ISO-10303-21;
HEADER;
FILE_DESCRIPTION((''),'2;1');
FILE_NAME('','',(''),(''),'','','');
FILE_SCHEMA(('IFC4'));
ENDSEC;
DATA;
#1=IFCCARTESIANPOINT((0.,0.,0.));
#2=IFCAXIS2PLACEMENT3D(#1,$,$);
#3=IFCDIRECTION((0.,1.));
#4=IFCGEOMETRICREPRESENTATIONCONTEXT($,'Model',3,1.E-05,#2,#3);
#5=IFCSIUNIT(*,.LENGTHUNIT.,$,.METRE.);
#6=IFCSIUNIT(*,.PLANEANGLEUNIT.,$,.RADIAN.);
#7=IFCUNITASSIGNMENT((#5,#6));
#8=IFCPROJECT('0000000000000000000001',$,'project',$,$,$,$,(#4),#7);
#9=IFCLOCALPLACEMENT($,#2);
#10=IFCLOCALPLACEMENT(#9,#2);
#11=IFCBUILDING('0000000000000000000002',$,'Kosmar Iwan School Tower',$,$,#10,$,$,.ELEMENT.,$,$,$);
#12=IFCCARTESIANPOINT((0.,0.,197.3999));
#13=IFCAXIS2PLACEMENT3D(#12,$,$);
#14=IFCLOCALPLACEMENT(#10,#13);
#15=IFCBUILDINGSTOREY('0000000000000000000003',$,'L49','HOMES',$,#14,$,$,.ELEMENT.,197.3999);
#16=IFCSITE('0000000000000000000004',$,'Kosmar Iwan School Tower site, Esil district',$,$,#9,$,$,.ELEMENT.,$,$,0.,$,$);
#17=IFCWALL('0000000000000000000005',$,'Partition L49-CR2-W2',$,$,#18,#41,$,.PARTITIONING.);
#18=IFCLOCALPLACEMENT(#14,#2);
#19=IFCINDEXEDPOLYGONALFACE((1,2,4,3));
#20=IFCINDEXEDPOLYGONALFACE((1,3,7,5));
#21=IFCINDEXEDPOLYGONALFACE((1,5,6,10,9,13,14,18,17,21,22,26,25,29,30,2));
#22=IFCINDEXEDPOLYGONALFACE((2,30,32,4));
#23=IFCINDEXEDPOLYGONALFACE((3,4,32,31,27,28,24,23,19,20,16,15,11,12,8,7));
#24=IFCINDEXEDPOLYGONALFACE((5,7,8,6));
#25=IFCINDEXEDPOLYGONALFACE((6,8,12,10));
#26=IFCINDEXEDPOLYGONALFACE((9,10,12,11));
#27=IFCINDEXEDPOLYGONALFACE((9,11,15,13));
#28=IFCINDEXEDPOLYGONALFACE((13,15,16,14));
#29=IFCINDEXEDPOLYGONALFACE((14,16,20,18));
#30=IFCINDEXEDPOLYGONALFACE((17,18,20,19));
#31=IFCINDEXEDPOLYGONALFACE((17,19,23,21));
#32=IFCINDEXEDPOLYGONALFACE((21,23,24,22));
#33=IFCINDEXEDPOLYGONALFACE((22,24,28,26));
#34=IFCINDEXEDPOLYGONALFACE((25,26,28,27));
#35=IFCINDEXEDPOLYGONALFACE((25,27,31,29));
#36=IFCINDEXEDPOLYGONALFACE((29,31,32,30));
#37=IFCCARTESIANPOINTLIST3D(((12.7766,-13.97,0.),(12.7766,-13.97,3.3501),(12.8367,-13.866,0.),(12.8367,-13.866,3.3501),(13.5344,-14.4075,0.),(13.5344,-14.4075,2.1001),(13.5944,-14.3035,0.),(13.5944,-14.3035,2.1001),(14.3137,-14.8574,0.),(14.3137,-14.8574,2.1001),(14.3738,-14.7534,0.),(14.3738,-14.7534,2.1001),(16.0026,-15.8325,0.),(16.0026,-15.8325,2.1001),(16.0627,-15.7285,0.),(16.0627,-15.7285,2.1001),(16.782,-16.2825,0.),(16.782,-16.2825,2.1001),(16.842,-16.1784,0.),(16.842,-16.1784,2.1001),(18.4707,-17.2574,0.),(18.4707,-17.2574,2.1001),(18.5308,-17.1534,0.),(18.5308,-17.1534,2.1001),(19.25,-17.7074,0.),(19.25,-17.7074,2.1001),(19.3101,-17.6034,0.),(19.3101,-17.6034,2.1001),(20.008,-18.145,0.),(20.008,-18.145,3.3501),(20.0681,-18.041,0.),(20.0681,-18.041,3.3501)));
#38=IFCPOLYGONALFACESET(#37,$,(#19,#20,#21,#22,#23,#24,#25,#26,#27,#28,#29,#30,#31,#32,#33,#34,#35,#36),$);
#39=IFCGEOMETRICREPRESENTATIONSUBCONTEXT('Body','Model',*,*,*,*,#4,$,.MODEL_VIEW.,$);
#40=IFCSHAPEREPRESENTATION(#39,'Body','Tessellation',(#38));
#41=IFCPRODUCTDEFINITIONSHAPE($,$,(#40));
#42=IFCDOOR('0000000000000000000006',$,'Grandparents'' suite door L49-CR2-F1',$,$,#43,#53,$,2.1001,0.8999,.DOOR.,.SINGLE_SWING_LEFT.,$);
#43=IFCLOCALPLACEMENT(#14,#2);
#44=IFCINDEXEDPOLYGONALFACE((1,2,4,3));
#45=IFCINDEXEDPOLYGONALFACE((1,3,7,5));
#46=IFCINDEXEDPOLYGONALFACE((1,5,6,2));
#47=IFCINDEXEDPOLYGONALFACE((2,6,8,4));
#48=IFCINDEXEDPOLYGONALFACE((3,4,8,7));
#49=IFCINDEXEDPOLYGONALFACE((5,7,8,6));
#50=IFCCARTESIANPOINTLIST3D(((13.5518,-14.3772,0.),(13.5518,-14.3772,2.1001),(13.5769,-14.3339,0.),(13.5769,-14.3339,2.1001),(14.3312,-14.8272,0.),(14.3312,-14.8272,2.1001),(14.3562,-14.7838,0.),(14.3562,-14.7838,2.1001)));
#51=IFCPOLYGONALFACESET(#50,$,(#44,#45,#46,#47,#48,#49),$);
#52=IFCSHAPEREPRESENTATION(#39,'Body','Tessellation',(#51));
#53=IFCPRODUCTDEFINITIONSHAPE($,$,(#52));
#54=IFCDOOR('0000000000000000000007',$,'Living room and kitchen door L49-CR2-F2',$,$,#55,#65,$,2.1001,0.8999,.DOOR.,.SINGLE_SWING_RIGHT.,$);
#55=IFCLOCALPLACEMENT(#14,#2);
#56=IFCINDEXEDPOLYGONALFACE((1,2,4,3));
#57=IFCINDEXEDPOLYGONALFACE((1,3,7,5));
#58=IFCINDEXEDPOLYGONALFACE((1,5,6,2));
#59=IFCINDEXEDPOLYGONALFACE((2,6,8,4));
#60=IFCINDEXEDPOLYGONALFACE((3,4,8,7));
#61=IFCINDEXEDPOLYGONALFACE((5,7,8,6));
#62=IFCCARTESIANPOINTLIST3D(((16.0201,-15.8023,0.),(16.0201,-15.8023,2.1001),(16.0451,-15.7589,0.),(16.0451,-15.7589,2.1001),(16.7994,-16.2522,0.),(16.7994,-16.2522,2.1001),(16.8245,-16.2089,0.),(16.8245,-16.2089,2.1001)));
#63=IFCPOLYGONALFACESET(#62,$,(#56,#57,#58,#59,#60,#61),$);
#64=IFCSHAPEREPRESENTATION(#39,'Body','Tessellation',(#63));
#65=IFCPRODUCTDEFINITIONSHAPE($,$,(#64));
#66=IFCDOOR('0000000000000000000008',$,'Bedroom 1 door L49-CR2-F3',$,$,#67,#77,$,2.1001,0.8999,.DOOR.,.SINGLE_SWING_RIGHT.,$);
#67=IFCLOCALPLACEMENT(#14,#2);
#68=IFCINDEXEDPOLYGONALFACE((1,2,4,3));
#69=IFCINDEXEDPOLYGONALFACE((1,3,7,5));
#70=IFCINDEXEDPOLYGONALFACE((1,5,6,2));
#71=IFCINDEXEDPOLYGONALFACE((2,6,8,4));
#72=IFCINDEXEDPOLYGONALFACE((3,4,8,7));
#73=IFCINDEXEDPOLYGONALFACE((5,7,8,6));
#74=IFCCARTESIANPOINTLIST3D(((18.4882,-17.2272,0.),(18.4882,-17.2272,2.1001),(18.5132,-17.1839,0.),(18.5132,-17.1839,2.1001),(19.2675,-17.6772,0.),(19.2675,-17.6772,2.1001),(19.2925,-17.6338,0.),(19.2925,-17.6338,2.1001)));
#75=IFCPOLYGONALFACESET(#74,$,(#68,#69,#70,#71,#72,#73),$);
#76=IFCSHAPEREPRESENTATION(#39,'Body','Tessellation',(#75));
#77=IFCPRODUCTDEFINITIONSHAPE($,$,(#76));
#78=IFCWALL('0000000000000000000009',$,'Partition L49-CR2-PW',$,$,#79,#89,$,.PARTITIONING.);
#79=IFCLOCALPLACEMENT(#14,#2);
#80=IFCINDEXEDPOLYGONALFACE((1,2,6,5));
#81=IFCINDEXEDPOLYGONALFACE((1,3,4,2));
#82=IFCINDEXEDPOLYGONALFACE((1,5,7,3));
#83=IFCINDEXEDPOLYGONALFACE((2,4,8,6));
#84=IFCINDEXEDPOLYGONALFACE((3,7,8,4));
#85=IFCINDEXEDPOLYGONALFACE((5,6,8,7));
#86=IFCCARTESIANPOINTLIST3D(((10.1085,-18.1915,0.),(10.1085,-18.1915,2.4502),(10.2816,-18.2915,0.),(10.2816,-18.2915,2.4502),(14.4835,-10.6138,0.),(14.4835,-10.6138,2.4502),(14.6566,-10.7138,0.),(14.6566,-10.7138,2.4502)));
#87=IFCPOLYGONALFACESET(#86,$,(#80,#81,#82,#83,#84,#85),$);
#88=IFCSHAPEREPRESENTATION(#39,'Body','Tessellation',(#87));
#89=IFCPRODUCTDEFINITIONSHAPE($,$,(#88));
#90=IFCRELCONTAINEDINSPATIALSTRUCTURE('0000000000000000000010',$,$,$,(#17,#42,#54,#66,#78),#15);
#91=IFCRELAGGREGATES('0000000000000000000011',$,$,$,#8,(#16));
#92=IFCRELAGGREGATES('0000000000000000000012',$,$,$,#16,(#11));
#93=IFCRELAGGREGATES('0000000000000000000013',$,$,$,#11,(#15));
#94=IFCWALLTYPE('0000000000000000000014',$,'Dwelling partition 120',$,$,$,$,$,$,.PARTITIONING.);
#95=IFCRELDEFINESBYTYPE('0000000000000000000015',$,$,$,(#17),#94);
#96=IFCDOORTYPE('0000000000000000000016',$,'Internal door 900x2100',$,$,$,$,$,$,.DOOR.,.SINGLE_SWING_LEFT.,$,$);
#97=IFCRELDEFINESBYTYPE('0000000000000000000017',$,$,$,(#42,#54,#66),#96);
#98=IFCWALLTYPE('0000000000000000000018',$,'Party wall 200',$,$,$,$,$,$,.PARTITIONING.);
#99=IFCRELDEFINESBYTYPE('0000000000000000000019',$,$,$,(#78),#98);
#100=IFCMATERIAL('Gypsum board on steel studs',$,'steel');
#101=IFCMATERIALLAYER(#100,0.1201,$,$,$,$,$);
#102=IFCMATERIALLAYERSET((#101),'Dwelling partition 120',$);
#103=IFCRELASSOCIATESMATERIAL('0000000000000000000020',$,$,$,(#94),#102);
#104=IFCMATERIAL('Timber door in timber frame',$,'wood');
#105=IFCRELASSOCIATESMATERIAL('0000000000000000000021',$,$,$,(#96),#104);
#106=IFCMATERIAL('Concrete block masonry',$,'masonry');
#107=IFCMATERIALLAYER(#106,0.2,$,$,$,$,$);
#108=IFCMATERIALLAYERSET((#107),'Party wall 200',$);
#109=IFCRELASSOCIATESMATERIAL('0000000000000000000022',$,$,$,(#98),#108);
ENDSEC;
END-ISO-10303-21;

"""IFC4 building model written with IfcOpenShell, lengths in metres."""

from ifc_helpers import new_model, si_unit, direction, frame, frame_2d, origin, place, context, subcontext, project, spatial, rectangle, extrude, material, layer, layer_set, type_object, element, fill, save


model = new_model("IFC4")

# Units and contexts
model_context = context("Model", 3, precision=1e-05, world=origin(), true_north=direction((0.0, 1.0)))
body_context = subcontext(model_context, "Body", "Model", "MODEL_VIEW")
ifc_project = project(units=[si_unit("LENGTHUNIT", "METRE"), si_unit("PLANEANGLEUNIT", "RADIAN")], contexts=[model_context])

# Site, building, storey
site_placement = place(None, origin())
site = spatial("IfcSite", under=ifc_project, at=site_placement, Name="Kosmar Iwan School Tower site, Esil district", CompositionType="ELEMENT", RefElevation=0.0)
building_placement = place(site_placement, origin())
building = spatial("IfcBuilding", under=site, at=building_placement, Name="Kosmar Iwan School Tower", CompositionType="ELEMENT")
storey_placement = place(building_placement, frame((0.0, 0.0, 197.3999)))
storey = spatial("IfcBuildingStorey", under=building, at=storey_placement, Name="L49", Description="HOMES", CompositionType="ELEMENT", Elevation=197.3999)

# Shared definitions
ifc_material_1 = material(Name="Gypsum board on steel studs", Category="steel")
ifc_layer_1 = layer(ifc_material_1, 0.1201)
ifc_layer_set_1 = layer_set([ifc_layer_1], Name="Dwelling partition 120")
wall_type_1 = type_object("IfcWallType", Name="Dwelling partition 120", PredefinedType="PARTITIONING", material=ifc_layer_set_1)

# Wall, openings, doors
ifc_material_2 = material(Name="Timber door in timber frame", Category="wood")
door_type_1 = type_object("IfcDoorType", Name="Internal door 900x2100", OperationType="SINGLE_SWING_LEFT", PredefinedType="DOOR", material=ifc_material_2)
wall_1_placement = place(storey_placement, frame((12.8066, -13.918, 0.0), z_axis=(0.0, 0.0, 1.0), x_axis=(0.866027, -0.499997, 0.0)))
wall_1 = element("IfcWall", 1, at=wall_1_placement, inside=storey, type_object=wall_type_1, Name="Partition L49-CR2-W2", PredefinedType="PARTITIONING", context=body_context, shape_type="SweptSolid", body=[
    extrude(rectangle(XDim=8.3501, YDim=0.1201, at=frame_2d((4.175, 0.0))), origin(), (0.0, 0.0, 1.0), 3.3501),
])
opening_1_placement = place(wall_1_placement, frame((0.875, 0.0, 0.0)))
opening_1 = element("IfcOpeningElement", 2, at=opening_1_placement, cuts=wall_1, PredefinedType="OPENING", context=body_context, shape_type="SweptSolid", body=[
    extrude(rectangle(XDim=0.8999, YDim=2.1001, at=frame_2d((0.45, 1.05))), frame((0.0, 0.072, 0.0), z_axis=(0.0, -1.0, 0.0), x_axis=(1.0, 0.0, 0.0)), (0.0, 0.0, 1.0), 0.144),
])
opening_2_placement = place(wall_1_placement, frame((3.7251, 0.0, 0.0)))
opening_2 = element("IfcOpeningElement", 3, at=opening_2_placement, cuts=wall_1, PredefinedType="OPENING", context=body_context, shape_type="SweptSolid", body=[
    extrude(rectangle(XDim=0.8999, YDim=2.1001, at=frame_2d((0.45, 1.05))), frame((0.0, 0.072, 0.0), z_axis=(0.0, -1.0, 0.0), x_axis=(1.0, 0.0, 0.0)), (0.0, 0.0, 1.0), 0.144),
])
opening_3_placement = place(wall_1_placement, frame((6.575, 0.0, 0.0)))
opening_3 = element("IfcOpeningElement", 4, at=opening_3_placement, cuts=wall_1, PredefinedType="OPENING", context=body_context, shape_type="SweptSolid", body=[
    extrude(rectangle(XDim=0.8999, YDim=2.1001, at=frame_2d((0.45, 1.05))), frame((0.0, 0.072, 0.0), z_axis=(0.0, -1.0, 0.0), x_axis=(1.0, 0.0, 0.0)), (0.0, 0.0, 1.0), 0.144),
])
door_1_placement = place(opening_1_placement, origin())
door_1 = element("IfcDoor", 5, at=door_1_placement, inside=storey, type_object=door_type_1, Name="Grandparents' suite door L49-CR2-F1", OperationType="SINGLE_SWING_LEFT", OverallHeight=2.1001, OverallWidth=0.8999, PredefinedType="DOOR", context=body_context, shape_type="SweptSolid", body=[
    extrude(rectangle(XDim=0.8999, YDim=2.1001, at=frame_2d((0.45, 1.05))), frame((0.0, 0.0249, 0.0), z_axis=(0.0, -1.0, 0.0), x_axis=(1.0, 0.0, 0.0)), (0.0, 0.0, 1.0), 0.05),
])
fill(opening_1, door_1)
door_2_placement = place(opening_2_placement, origin())
door_2 = element("IfcDoor", 6, at=door_2_placement, inside=storey, type_object=door_type_1, Name="Living room and kitchen door L49-CR2-F2", OperationType="SINGLE_SWING_RIGHT", OverallHeight=2.1001, OverallWidth=0.8999, PredefinedType="DOOR", context=body_context, shape_type="SweptSolid", body=[
    extrude(rectangle(XDim=0.8999, YDim=2.1001, at=frame_2d((0.45, 1.05))), frame((0.0, 0.0249, 0.0), z_axis=(0.0, -1.0, 0.0), x_axis=(1.0, 0.0, 0.0)), (0.0, 0.0, 1.0), 0.05),
])
fill(opening_2, door_2)
door_3_placement = place(opening_3_placement, origin())
door_3 = element("IfcDoor", 7, at=door_3_placement, inside=storey, type_object=door_type_1, Name="Bedroom 1 door L49-CR2-F3", OperationType="SINGLE_SWING_RIGHT", OverallHeight=2.1001, OverallWidth=0.8999, PredefinedType="DOOR", context=body_context, shape_type="SweptSolid", body=[
    extrude(rectangle(XDim=0.8999, YDim=2.1001, at=frame_2d((0.45, 1.05))), frame((0.0, 0.0249, 0.0), z_axis=(0.0, -1.0, 0.0), x_axis=(1.0, 0.0, 0.0)), (0.0, 0.0, 1.0), 0.05),
])
fill(opening_3, door_3)

# Wall
ifc_material_3 = material(Name="Concrete block masonry", Category="masonry")
ifc_layer_2 = layer(ifc_material_3, 0.2)
ifc_layer_set_2 = layer_set([ifc_layer_2], Name="Party wall 200")
wall_type_2 = type_object("IfcWallType", Name="Party wall 200", PredefinedType="PARTITIONING", material=ifc_layer_set_2)
wall_2_placement = place(storey_placement, frame((14.5701, -10.6638, 0.0), z_axis=(0.0, 0.0, 1.0), x_axis=(-0.500004, -0.866023, 0.0)))
element("IfcWall", 8, at=wall_2_placement, inside=storey, type_object=wall_type_2, Name="Partition L49-CR2-PW", PredefinedType="PARTITIONING", context=body_context, shape_type="SweptSolid", body=[
    extrude(rectangle(XDim=8.75, YDim=0.2, at=frame_2d((4.375, 0.0))), origin(), (0.0, 0.0, 1.0), 2.4502),
])

save(model, "model.ifc")
